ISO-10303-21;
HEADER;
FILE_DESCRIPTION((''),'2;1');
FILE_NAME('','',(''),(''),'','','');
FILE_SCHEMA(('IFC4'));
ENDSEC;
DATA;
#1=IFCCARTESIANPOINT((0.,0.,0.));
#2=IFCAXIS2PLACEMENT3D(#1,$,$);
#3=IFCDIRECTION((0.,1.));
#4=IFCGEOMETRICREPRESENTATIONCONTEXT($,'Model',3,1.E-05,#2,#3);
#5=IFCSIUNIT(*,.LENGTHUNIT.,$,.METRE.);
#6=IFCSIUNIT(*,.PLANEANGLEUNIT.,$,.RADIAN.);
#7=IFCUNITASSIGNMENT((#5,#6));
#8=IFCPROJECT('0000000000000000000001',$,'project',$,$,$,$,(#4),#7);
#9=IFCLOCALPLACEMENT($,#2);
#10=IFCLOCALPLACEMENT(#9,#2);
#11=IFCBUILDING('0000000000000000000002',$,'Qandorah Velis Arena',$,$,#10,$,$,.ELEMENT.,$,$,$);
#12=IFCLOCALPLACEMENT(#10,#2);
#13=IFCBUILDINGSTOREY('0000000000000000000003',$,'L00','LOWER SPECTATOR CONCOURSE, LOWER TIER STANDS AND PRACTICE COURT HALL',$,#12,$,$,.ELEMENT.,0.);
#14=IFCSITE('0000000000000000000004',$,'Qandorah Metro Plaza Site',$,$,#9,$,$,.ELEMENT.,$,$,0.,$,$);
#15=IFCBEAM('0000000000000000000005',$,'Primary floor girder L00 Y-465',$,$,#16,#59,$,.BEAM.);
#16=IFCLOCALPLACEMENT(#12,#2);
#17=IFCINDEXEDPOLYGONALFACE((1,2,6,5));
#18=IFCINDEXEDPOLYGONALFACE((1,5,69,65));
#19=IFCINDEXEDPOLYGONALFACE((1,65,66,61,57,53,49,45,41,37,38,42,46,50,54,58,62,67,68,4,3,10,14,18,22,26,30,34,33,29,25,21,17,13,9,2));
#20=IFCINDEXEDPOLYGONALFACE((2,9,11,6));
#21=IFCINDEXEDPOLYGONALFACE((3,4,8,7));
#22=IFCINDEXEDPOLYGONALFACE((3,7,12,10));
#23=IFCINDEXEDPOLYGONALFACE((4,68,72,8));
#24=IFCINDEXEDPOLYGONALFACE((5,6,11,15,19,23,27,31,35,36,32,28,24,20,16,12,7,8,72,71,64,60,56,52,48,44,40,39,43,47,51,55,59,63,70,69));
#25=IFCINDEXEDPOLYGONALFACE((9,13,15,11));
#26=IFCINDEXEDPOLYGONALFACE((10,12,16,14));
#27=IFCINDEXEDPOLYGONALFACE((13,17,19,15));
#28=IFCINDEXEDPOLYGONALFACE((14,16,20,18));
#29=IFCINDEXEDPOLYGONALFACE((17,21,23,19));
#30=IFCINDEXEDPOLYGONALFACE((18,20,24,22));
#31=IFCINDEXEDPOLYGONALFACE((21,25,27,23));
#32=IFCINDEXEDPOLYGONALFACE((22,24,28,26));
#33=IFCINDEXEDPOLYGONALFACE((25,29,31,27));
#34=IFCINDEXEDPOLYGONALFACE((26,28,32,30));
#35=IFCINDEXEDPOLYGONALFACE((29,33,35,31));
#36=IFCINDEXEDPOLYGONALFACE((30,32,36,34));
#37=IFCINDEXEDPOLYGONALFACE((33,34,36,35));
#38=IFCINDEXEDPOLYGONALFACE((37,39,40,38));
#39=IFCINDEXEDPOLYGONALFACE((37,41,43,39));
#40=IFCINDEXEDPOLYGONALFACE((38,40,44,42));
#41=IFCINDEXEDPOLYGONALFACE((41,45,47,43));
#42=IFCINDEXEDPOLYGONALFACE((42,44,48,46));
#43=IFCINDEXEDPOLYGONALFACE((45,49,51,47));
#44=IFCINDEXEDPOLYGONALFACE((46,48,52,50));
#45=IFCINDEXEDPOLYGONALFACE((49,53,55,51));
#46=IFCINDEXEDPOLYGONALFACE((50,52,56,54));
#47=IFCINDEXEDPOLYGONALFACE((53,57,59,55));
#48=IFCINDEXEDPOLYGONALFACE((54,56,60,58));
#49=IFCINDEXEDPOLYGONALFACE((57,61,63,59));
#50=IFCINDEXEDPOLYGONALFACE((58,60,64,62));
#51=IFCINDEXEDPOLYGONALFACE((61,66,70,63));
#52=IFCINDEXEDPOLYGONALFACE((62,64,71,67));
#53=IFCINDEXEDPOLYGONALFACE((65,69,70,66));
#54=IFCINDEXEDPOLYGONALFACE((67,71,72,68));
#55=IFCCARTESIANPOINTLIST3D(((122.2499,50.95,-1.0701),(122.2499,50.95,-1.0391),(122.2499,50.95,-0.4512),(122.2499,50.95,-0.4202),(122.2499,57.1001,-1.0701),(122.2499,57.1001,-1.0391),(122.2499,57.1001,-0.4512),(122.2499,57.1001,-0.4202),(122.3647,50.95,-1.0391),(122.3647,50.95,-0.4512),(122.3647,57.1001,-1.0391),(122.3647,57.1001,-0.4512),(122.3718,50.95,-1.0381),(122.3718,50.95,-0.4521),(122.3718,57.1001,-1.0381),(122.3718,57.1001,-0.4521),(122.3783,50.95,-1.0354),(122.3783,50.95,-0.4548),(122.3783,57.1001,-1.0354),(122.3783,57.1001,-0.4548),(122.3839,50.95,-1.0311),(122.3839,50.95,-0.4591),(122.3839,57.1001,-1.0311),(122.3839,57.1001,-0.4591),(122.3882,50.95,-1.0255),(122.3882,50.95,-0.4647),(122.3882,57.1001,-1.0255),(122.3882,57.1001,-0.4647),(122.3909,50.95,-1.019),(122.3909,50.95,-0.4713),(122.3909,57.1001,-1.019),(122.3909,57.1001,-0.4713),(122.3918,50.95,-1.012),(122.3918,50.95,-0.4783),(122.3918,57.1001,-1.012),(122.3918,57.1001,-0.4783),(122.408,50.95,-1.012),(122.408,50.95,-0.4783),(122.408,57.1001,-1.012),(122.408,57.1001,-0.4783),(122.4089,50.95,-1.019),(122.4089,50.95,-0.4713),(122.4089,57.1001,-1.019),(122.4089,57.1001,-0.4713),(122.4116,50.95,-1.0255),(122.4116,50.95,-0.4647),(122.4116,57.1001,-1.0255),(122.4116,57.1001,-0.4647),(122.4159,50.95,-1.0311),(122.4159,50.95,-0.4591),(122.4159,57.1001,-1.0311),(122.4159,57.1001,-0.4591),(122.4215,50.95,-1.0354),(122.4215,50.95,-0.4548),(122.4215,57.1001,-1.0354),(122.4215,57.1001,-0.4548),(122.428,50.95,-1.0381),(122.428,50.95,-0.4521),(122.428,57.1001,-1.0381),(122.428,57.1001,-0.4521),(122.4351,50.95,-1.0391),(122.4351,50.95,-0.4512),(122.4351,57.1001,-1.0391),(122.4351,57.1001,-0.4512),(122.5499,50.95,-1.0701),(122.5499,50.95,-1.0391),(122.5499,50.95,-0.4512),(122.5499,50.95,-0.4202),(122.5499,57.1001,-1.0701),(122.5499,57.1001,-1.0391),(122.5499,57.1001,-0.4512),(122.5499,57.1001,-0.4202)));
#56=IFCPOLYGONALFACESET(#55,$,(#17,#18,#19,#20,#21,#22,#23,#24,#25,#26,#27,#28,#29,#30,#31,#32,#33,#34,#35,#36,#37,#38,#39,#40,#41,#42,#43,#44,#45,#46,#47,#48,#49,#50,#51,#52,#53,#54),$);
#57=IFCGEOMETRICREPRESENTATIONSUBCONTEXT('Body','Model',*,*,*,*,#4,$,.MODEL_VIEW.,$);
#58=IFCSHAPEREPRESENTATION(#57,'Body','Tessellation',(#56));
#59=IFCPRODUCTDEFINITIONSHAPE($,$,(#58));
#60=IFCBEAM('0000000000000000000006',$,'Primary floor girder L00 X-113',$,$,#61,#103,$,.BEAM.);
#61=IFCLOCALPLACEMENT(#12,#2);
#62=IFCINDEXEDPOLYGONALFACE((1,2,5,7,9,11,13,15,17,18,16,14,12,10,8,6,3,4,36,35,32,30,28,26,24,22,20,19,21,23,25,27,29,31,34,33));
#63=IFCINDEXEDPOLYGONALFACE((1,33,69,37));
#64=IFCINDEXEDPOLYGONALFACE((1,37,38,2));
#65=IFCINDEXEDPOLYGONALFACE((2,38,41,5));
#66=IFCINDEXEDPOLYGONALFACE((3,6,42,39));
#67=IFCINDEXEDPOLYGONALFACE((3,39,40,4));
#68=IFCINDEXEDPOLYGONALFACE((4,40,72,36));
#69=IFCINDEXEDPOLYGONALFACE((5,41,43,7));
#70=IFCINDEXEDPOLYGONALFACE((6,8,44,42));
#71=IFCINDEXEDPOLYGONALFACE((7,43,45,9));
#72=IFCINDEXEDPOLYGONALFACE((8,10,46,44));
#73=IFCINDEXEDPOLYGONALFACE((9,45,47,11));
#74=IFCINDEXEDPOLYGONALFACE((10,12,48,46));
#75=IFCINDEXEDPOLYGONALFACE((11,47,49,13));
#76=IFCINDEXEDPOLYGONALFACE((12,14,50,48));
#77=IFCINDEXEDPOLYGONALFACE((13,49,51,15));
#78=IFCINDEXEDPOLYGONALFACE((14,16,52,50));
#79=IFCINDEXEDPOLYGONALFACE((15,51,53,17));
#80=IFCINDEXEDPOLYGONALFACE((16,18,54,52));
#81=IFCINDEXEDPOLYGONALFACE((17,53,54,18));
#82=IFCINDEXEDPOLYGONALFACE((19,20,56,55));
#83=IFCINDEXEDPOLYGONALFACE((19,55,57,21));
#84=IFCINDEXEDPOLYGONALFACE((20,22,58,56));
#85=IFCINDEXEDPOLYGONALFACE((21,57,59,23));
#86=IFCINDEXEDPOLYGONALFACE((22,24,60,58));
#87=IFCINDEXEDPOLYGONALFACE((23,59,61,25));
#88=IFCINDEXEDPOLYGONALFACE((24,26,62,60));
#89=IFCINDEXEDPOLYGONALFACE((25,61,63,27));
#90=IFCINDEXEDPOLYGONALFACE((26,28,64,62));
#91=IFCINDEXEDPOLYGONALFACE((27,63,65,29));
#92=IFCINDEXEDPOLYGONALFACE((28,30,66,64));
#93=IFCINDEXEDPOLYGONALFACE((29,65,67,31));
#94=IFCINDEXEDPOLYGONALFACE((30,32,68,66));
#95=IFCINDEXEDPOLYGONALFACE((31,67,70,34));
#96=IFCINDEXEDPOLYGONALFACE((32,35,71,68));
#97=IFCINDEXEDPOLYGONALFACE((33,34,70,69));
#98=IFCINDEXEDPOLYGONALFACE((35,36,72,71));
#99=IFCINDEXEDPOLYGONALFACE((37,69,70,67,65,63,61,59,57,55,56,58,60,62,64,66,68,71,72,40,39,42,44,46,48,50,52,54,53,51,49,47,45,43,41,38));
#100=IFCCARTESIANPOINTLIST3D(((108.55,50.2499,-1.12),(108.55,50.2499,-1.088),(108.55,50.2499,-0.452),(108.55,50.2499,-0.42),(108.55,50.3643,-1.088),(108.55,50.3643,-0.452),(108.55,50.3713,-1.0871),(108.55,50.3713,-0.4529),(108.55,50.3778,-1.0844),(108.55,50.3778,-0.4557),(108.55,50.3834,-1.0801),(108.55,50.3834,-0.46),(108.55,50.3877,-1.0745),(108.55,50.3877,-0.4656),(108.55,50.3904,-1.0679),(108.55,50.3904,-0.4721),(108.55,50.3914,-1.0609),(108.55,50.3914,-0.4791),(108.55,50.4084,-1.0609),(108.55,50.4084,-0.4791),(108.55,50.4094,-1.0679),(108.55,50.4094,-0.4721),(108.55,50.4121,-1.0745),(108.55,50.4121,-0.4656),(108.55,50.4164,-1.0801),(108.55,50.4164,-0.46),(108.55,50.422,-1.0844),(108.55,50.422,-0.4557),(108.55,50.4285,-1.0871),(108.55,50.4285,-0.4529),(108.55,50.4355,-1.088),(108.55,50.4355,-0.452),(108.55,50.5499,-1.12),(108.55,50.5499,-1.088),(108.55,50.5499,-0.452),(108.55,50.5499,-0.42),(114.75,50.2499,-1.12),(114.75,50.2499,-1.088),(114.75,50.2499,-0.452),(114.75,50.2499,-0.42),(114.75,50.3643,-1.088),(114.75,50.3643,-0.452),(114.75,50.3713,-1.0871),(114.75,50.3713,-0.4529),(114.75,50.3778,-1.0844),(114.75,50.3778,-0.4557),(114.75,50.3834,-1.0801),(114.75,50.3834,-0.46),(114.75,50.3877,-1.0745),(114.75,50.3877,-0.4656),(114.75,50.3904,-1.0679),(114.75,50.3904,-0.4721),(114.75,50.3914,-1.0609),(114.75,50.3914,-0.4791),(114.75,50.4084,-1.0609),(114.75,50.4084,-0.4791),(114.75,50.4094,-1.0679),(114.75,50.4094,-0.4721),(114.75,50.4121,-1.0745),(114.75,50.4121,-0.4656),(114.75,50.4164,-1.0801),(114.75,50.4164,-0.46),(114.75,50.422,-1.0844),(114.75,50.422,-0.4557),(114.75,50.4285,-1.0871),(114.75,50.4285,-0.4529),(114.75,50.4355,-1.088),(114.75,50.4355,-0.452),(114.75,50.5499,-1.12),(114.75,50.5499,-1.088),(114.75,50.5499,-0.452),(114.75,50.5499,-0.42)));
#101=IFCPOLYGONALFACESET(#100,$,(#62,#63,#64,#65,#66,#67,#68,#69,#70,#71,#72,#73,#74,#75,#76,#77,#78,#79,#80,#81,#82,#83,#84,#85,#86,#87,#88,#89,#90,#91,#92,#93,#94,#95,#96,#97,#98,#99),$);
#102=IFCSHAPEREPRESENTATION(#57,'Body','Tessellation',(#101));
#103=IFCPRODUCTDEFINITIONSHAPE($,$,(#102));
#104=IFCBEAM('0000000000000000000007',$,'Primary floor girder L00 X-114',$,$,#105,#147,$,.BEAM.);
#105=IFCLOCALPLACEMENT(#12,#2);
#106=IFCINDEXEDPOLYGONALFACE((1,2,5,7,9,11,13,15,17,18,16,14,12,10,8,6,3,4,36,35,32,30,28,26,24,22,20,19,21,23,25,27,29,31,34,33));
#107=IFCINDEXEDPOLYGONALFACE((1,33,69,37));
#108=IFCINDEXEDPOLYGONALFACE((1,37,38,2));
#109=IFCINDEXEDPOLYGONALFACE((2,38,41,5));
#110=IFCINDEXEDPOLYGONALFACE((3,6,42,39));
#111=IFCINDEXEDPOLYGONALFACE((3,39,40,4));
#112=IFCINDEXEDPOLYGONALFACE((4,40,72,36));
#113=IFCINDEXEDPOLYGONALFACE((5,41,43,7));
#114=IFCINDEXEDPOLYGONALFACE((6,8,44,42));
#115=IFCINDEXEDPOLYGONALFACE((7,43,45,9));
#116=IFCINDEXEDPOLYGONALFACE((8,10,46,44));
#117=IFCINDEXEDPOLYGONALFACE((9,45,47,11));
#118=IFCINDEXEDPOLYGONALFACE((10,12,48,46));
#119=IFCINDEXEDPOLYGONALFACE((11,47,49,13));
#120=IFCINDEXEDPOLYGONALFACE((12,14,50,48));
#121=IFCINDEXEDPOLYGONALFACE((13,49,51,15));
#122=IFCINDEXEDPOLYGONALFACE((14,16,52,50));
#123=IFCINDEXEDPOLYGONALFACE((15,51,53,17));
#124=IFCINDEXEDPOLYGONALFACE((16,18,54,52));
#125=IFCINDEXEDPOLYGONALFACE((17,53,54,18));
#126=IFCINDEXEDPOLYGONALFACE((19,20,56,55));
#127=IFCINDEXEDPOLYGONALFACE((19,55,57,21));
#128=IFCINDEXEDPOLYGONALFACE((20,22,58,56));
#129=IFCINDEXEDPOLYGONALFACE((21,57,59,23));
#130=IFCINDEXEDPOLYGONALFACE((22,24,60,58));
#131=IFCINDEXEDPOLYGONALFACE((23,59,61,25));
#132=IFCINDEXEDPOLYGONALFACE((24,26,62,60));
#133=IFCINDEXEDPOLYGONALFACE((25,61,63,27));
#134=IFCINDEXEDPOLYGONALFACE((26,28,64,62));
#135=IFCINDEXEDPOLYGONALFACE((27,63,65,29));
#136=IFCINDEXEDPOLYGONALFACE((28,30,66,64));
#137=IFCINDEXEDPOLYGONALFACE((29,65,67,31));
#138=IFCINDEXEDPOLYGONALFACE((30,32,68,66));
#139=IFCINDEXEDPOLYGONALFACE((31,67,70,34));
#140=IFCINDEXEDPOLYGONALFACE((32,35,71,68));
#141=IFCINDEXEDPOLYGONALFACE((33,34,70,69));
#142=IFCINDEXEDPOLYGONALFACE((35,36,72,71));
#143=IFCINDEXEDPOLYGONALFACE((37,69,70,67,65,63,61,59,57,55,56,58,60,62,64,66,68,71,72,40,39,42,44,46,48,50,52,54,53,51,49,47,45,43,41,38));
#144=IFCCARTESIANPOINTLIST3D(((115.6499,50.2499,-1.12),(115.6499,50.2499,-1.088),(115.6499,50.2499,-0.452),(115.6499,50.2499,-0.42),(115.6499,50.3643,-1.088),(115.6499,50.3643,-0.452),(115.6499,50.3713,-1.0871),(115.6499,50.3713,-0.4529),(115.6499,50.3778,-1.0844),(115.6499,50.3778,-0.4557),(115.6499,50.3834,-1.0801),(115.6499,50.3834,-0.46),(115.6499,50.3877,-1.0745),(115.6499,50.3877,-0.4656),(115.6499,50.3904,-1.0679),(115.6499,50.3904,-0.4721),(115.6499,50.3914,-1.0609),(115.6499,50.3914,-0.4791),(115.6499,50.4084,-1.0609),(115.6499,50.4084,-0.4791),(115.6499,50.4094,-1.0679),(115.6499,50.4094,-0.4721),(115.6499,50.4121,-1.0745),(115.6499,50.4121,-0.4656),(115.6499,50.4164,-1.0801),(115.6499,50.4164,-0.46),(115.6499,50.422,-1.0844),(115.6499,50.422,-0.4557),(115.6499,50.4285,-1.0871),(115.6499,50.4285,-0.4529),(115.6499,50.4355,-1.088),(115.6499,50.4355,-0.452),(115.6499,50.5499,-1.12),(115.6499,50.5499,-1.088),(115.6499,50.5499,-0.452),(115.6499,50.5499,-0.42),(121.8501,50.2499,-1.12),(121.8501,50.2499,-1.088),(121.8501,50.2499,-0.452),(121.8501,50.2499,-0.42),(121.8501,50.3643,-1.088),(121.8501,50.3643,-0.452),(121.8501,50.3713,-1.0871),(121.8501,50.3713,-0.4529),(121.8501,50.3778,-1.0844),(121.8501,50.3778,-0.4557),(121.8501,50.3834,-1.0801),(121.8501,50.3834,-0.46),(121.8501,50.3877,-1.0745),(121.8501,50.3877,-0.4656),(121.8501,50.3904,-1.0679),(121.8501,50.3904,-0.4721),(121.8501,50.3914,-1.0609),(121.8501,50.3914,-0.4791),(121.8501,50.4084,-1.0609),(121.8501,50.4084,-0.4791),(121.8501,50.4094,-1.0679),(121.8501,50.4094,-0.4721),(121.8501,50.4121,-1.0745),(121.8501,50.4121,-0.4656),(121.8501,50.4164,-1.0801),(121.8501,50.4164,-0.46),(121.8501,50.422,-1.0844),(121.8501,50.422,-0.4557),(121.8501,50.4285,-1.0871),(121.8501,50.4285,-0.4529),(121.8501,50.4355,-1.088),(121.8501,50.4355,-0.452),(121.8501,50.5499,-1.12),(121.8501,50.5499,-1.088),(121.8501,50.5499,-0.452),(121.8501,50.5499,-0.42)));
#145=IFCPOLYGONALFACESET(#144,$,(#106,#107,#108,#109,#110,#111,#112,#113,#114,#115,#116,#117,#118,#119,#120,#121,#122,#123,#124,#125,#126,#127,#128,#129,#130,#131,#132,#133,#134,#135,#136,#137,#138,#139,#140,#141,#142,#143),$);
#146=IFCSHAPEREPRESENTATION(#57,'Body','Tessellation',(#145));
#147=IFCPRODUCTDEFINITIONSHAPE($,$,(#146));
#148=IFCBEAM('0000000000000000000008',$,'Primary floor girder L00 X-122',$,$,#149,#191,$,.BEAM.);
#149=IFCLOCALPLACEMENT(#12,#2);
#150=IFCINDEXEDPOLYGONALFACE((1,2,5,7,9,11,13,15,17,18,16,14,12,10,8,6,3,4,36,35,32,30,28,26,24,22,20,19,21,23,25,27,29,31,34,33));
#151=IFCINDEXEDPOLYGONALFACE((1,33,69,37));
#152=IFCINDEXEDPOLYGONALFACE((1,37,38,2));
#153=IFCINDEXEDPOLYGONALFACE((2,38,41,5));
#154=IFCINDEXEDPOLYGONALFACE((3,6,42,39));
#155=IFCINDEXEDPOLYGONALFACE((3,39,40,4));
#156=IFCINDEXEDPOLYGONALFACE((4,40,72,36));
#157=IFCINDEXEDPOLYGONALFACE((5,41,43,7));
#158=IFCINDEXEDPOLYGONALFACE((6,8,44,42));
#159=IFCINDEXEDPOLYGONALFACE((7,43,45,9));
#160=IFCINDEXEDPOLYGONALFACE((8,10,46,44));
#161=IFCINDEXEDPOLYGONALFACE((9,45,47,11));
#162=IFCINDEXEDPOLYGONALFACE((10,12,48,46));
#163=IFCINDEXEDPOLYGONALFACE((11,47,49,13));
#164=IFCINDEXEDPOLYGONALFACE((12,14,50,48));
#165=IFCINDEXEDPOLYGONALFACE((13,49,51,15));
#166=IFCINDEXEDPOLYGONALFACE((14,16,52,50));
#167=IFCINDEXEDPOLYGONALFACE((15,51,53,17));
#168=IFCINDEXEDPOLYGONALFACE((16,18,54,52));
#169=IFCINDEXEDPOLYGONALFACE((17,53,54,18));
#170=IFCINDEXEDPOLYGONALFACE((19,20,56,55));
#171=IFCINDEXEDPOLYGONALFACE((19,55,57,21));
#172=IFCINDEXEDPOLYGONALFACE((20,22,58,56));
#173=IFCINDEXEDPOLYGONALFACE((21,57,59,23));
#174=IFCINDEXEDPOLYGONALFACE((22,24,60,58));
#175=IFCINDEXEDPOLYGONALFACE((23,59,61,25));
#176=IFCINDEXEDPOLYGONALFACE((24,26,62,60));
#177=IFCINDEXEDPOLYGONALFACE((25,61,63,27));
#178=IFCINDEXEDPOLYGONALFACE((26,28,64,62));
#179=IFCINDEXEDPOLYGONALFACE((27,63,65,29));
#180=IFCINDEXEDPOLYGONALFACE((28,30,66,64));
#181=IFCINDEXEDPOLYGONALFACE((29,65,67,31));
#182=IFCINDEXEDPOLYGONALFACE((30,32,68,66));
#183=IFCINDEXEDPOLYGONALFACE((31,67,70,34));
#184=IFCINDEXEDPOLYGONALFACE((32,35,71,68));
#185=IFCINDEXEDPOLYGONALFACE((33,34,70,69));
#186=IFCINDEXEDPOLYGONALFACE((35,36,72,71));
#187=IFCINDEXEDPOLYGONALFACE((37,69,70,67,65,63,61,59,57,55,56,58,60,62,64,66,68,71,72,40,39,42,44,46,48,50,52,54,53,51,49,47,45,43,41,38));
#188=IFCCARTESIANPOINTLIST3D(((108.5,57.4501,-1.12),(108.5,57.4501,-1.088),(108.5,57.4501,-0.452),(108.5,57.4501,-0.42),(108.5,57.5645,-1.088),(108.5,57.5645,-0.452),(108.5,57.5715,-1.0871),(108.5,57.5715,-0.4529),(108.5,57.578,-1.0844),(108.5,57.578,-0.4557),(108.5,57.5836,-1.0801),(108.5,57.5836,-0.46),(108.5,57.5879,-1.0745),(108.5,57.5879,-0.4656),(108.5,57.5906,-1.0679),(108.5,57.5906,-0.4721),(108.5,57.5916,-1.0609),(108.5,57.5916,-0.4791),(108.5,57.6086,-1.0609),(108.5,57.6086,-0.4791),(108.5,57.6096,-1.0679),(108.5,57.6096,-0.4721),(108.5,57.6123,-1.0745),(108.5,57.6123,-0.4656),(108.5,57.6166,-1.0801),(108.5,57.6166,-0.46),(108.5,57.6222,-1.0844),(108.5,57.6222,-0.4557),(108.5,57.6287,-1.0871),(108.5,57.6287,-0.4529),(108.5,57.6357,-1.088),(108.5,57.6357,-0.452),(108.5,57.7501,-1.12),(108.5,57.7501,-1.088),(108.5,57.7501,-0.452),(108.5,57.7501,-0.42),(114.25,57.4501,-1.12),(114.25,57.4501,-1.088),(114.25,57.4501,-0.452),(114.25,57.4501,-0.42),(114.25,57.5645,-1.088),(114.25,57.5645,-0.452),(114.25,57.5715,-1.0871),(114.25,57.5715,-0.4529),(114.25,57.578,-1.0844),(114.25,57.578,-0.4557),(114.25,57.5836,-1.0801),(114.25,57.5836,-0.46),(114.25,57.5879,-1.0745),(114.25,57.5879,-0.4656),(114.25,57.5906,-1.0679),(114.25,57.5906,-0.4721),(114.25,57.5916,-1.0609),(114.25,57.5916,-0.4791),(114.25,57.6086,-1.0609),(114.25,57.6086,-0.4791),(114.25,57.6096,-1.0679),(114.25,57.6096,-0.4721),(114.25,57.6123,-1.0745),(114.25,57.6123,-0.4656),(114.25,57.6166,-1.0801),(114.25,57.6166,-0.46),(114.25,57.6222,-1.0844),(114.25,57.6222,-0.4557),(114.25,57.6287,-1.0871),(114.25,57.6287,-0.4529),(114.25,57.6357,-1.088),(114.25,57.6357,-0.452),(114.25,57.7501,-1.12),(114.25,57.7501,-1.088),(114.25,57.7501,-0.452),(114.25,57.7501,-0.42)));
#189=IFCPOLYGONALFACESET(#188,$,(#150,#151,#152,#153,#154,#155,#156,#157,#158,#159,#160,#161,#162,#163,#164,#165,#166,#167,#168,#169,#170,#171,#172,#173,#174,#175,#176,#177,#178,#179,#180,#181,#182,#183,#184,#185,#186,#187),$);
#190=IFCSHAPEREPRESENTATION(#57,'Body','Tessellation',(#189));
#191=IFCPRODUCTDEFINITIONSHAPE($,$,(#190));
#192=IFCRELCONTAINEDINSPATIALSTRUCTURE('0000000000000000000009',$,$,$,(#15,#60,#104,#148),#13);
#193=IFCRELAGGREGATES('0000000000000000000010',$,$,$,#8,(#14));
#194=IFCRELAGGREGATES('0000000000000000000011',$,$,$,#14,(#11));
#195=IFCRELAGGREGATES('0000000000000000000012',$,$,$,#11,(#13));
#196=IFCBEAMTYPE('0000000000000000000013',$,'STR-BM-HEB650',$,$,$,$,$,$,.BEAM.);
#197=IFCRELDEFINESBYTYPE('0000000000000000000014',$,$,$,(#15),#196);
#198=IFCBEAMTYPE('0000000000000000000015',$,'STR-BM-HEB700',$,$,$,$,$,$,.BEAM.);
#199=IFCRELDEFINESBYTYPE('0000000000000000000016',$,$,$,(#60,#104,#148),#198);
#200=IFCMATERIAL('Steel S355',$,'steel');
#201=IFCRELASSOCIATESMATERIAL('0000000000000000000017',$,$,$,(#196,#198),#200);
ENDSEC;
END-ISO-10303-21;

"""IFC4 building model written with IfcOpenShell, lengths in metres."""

from ifc_helpers import new_model, si_unit, direction, frame, origin, origin_2d, place, context, subcontext, project, spatial, i_section, extrude, material, material_profile, profile_set, type_object, element, save


model = new_model("IFC4")

# Units and contexts
model_context = context("Model", 3, precision=1e-05, world=origin(), true_north=direction((0.0, 1.0)))
body_context = subcontext(model_context, "Body", "Model", "MODEL_VIEW")
ifc_project = project(units=[si_unit("LENGTHUNIT", "METRE"), si_unit("PLANEANGLEUNIT", "RADIAN")], contexts=[model_context])

# Site, building, storey
site_placement = place(None, origin())
site = spatial("IfcSite", under=ifc_project, at=site_placement, Name="Qandorah Metro Plaza Site", CompositionType="ELEMENT", RefElevation=0.0)
building_placement = place(site_placement, origin())
building = spatial("IfcBuilding", under=site, at=building_placement, Name="Qandorah Velis Arena", CompositionType="ELEMENT")
storey_placement = place(building_placement, origin())
storey = spatial("IfcBuildingStorey", under=building, at=storey_placement, Name="L00", Description="LOWER SPECTATOR CONCOURSE, LOWER TIER STANDS AND PRACTICE COURT HALL", CompositionType="ELEMENT", Elevation=0.0)

# Beams
ifc_material_1 = material(Name="Steel S355", Category="steel")
ifc_material_profile_1 = material_profile(ifc_material_1, i_section(OverallWidth=0.3, OverallDepth=0.6499, WebThickness=0.0161, FlangeThickness=0.031, FilletRadius=0.0271, at=origin_2d()), Name="HEB 650")
ifc_profile_set_1 = profile_set([ifc_material_profile_1], Name="Steel S355")
beam_type_1 = type_object("IfcBeamType", Name="STR-BM-HEB650", PredefinedType="BEAM", material=ifc_profile_set_1)
beam_1_placement = place(storey_placement, frame((122.3999, 50.95, -0.7451), z_axis=(0.0, 1.0, 0.0), x_axis=(-1.0, 0.0, 0.0)))
element("IfcBeam", 1, at=beam_1_placement, inside=storey, type_object=beam_type_1, Name="Primary floor girder L00 Y-465", PredefinedType="BEAM", context=body_context, shape_type="SweptSolid", body=[
    extrude(i_section(OverallWidth=0.3, OverallDepth=0.6499, WebThickness=0.0161, FlangeThickness=0.031, FilletRadius=0.0271, at=origin_2d()), origin(), (0.0, 0.0, 1.0), 6.1501),
])
ifc_material_profile_2 = material_profile(ifc_material_1, i_section(OverallWidth=0.3, OverallDepth=0.7, WebThickness=0.0171, FlangeThickness=0.032, FilletRadius=0.0271, at=origin_2d()), Name="HEB 700")
ifc_profile_set_2 = profile_set([ifc_material_profile_2], Name="Steel S355")
beam_type_2 = type_object("IfcBeamType", Name="STR-BM-HEB700", PredefinedType="BEAM", material=ifc_profile_set_2)
beam_2_placement = place(storey_placement, frame((108.55, 50.3999, -0.77), z_axis=(1.0, 0.0, 0.0), x_axis=(0.0, 1.0, 0.0)))
element("IfcBeam", 2, at=beam_2_placement, inside=storey, type_object=beam_type_2, Name="Primary floor girder L00 X-113", PredefinedType="BEAM", context=body_context, shape_type="SweptSolid", body=[
    extrude(i_section(OverallWidth=0.3, OverallDepth=0.7, WebThickness=0.0171, FlangeThickness=0.032, FilletRadius=0.0271, at=origin_2d()), origin(), (0.0, 0.0, 1.0), 6.2),
])
beam_3_placement = place(storey_placement, frame((115.6499, 50.3999, -0.77), z_axis=(1.0, 0.0, 0.0), x_axis=(0.0, 1.0, 0.0)))
element("IfcBeam", 3, at=beam_3_placement, inside=storey, type_object=beam_type_2, Name="Primary floor girder L00 X-114", PredefinedType="BEAM", context=body_context, shape_type="SweptSolid", body=[
    extrude(i_section(OverallWidth=0.3, OverallDepth=0.7, WebThickness=0.0171, FlangeThickness=0.032, FilletRadius=0.0271, at=origin_2d()), origin(), (0.0, 0.0, 1.0), 6.2002),
])
for number, where, z_axis, x_axis, name in (
    (4, (108.5, 57.6001, -0.77), (1.0, 0.0, 0.0), (0.0, 1.0, 0.0), "Primary floor girder L00 X-122"),
):
    element("IfcBeam", number, at=place(storey_placement, frame(where, z_axis=z_axis, x_axis=x_axis)), inside=storey, type_object=beam_type_2, Name=name, PredefinedType="BEAM", context=body_context, shape_type="SweptSolid", body=[
        extrude(i_section(OverallWidth=0.3, OverallDepth=0.7, WebThickness=0.0171, FlangeThickness=0.032, FilletRadius=0.0271, at=origin_2d()), origin(), (0.0, 0.0, 1.0), 5.75),
    ])

save(model, "model.ifc")
